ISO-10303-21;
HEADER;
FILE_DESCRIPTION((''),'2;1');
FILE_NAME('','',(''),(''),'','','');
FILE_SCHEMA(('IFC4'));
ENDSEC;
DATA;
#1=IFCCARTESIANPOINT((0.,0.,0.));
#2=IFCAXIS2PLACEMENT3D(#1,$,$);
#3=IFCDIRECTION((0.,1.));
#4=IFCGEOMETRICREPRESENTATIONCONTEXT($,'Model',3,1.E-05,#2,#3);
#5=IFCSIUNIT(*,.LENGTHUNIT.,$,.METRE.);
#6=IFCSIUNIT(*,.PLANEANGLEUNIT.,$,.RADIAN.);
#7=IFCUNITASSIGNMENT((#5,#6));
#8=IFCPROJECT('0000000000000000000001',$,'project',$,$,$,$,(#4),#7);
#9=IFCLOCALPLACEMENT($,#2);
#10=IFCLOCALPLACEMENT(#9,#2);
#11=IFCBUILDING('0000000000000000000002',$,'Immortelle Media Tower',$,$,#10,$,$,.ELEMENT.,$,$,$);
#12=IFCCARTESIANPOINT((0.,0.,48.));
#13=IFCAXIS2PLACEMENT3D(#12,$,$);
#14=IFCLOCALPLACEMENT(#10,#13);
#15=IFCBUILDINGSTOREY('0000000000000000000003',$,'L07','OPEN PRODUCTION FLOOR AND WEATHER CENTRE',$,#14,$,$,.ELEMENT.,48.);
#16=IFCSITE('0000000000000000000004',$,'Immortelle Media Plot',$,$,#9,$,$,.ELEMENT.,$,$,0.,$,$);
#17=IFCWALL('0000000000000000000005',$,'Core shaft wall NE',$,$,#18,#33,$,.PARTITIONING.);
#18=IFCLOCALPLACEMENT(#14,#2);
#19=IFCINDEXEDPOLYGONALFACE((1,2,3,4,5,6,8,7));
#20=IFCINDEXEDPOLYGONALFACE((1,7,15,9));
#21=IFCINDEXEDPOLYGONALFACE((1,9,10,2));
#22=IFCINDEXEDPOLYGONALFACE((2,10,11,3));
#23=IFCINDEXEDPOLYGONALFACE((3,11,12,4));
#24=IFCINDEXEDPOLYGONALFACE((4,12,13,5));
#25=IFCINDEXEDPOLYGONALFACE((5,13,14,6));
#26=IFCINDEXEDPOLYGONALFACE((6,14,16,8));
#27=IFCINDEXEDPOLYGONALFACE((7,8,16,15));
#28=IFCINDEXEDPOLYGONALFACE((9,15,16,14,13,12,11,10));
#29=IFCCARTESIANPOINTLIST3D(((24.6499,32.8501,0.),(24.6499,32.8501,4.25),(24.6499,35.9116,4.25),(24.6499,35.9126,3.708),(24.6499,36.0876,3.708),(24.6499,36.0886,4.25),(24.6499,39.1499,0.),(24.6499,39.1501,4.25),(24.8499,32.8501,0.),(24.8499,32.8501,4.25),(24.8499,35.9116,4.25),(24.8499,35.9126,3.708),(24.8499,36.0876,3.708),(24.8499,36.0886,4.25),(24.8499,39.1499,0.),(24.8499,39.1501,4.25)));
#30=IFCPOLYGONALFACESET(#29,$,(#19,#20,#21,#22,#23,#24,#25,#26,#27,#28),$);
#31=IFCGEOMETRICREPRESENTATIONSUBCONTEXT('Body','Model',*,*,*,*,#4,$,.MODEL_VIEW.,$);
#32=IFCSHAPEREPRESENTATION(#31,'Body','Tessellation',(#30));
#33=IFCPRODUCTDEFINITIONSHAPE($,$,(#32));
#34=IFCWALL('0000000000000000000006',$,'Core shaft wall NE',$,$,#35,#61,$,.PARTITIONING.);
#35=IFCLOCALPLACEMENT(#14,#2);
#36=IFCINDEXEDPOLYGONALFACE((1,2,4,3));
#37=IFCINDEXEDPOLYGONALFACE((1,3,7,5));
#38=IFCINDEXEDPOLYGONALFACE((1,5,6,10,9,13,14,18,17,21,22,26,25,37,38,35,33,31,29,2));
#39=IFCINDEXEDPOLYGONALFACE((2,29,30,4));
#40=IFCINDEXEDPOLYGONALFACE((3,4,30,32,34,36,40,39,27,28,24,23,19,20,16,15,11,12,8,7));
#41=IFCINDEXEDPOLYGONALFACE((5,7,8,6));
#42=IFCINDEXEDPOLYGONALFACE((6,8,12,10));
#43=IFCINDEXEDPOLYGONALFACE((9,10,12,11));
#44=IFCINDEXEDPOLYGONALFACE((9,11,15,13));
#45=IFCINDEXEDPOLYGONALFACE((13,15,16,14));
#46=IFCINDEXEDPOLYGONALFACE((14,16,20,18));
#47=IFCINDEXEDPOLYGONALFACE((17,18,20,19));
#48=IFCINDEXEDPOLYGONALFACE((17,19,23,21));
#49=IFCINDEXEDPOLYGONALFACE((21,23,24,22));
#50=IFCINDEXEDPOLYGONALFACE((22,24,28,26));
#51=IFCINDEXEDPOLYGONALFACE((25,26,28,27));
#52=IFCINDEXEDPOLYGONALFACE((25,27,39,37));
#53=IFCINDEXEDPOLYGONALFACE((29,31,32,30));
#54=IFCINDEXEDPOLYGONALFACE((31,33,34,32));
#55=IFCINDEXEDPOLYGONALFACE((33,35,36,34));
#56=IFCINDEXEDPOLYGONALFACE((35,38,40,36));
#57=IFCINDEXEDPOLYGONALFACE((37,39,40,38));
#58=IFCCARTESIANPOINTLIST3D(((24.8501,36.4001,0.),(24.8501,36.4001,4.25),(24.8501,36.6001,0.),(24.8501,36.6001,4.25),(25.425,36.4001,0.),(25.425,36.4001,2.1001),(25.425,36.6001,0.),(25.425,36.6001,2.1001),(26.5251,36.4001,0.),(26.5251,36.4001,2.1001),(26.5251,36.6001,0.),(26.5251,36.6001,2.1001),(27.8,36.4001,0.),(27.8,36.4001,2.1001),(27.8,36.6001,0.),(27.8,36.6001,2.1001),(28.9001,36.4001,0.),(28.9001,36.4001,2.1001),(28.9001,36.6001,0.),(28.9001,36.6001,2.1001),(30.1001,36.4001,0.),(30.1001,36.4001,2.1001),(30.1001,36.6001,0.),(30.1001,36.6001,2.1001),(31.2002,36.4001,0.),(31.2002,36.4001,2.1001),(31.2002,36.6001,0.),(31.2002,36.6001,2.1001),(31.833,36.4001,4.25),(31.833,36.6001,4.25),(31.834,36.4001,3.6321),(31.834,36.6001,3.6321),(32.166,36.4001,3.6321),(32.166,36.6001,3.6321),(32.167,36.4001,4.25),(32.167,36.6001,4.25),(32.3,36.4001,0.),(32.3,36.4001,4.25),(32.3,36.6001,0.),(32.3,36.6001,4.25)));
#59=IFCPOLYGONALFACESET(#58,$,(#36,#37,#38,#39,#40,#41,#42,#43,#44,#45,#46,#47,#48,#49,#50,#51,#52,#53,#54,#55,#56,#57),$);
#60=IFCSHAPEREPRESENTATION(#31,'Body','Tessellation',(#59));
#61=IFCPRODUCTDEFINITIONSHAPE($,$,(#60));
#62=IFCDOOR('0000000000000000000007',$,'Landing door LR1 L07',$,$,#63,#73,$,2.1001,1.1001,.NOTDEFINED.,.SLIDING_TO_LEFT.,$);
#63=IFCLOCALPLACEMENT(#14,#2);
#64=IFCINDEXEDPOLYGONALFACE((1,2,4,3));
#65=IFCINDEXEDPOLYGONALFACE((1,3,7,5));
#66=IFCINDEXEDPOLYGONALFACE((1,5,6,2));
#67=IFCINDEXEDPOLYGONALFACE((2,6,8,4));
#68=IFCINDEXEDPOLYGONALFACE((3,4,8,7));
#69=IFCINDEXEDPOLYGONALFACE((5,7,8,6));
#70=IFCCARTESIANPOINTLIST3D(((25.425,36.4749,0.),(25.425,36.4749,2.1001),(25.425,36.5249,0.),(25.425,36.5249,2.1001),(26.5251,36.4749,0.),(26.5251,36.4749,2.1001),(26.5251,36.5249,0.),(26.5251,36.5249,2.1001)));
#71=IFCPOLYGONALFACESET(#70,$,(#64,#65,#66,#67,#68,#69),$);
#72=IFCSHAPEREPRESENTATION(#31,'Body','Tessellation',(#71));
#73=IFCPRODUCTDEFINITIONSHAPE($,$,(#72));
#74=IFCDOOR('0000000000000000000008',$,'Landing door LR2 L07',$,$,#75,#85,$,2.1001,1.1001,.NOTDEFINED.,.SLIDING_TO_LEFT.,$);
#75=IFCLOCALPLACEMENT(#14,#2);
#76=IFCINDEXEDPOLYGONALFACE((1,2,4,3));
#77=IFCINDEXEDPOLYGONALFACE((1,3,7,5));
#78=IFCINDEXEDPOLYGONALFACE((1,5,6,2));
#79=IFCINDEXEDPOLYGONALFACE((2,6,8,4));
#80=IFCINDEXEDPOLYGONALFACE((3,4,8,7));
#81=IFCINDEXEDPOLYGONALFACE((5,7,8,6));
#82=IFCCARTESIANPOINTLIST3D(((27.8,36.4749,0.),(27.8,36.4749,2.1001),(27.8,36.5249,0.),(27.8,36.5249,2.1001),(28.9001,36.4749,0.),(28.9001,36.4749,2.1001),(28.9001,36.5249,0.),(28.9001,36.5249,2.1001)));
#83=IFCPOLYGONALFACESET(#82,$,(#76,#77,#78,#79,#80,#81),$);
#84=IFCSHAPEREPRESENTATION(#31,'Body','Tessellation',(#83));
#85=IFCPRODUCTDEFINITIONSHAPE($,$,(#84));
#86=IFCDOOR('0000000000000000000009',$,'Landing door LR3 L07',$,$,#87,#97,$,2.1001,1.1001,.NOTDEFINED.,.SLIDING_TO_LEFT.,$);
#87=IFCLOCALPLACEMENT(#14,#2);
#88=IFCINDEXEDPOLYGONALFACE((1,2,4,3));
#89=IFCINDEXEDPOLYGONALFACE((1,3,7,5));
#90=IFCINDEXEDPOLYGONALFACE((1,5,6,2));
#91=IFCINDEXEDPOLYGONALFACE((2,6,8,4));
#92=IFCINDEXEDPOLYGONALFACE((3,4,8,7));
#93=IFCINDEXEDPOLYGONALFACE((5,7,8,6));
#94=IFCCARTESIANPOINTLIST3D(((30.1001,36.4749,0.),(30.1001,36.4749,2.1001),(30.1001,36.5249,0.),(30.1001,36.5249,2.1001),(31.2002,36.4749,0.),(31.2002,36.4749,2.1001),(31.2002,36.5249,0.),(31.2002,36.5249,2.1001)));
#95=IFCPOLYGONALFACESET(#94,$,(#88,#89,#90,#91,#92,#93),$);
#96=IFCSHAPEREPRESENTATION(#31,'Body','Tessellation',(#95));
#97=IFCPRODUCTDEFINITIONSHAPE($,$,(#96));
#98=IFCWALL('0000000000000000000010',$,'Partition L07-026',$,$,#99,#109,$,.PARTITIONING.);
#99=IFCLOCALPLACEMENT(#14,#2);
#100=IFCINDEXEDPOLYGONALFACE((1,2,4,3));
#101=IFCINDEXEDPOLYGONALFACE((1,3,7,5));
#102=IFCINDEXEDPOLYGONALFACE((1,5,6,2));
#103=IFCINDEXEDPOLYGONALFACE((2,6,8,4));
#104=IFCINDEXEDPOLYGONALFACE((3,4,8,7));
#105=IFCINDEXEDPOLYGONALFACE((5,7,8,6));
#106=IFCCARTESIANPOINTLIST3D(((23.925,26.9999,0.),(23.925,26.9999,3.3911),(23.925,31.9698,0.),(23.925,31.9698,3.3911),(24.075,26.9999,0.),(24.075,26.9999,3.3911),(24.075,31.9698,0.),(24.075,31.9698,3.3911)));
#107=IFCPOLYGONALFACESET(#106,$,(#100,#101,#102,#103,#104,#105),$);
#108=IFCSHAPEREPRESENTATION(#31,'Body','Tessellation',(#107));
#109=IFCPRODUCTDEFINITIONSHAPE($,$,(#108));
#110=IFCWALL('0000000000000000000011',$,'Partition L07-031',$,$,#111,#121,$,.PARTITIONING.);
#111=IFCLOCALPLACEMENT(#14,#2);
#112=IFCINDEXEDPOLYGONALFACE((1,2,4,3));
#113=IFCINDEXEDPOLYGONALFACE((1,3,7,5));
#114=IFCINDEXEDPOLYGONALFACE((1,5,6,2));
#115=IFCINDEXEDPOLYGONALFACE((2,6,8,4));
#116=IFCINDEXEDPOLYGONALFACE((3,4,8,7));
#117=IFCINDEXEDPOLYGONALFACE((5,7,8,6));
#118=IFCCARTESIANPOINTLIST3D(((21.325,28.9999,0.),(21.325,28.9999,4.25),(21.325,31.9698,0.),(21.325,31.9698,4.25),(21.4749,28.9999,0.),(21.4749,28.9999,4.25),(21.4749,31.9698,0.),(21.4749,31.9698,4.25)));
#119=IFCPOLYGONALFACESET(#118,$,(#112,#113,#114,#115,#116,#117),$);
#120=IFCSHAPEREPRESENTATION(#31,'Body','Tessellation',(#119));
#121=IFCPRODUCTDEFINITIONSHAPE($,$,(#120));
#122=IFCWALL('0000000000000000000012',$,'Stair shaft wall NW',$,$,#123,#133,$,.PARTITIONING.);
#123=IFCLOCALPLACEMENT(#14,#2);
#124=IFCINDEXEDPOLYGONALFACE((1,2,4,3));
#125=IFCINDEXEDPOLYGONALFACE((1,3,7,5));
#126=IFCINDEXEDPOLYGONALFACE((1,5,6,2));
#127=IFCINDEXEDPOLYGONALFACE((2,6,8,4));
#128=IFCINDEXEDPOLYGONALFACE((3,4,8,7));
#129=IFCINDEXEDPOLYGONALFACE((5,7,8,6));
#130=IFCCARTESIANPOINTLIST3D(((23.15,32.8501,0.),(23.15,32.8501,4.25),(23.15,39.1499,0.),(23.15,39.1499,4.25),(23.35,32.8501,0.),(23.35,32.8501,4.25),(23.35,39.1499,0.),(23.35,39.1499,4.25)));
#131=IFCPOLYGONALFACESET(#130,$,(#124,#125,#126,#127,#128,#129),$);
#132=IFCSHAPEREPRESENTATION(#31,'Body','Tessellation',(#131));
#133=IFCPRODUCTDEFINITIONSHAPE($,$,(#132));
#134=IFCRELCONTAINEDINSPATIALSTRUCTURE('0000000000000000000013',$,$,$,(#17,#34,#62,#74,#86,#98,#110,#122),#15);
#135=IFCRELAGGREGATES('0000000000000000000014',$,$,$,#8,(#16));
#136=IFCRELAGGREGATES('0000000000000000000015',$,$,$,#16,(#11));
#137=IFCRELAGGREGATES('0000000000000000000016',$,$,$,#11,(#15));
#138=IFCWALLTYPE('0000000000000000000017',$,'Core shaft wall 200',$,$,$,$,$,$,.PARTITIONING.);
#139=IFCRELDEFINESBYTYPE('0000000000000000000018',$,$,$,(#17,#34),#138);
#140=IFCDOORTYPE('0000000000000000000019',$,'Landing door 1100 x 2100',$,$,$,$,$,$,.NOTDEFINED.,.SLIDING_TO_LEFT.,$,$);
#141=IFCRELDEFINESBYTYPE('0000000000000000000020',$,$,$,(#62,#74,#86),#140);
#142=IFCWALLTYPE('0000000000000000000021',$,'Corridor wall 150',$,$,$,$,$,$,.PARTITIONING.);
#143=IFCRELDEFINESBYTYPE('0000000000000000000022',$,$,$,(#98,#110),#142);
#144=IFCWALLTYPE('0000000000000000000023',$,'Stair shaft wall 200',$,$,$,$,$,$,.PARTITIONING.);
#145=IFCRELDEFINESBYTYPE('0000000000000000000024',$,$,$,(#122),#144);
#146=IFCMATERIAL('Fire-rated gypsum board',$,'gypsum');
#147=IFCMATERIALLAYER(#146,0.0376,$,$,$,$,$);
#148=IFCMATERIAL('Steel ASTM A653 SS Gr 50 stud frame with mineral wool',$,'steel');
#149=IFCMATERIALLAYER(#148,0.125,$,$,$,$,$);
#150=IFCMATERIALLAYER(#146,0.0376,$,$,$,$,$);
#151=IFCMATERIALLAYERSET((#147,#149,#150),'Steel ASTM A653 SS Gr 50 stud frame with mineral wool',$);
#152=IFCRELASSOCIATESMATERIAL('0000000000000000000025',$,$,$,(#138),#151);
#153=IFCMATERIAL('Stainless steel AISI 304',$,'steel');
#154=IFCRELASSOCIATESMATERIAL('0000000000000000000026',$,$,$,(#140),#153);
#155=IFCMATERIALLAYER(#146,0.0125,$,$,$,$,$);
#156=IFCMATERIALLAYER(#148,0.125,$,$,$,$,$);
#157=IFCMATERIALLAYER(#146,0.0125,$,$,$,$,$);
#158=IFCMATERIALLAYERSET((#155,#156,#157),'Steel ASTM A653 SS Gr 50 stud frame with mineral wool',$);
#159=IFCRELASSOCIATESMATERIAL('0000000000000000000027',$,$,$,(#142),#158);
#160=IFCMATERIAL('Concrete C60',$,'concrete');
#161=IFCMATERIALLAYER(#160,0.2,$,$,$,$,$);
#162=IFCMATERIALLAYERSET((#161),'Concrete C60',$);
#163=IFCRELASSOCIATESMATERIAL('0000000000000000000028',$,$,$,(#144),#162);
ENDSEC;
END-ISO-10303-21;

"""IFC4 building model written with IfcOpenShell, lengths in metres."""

from ifc_helpers import new_model, si_unit, direction, frame, frame_2d, origin, place, context, subcontext, project, spatial, polyline, rectangle, outline, extrude, material, layer, layer_set, type_object, element, fill, save


model = new_model("IFC4")

# Units and contexts
model_context = context("Model", 3, precision=1e-05, world=origin(), true_north=direction((0.0, 1.0)))
body_context = subcontext(model_context, "Body", "Model", "MODEL_VIEW")
ifc_project = project(units=[si_unit("LENGTHUNIT", "METRE"), si_unit("PLANEANGLEUNIT", "RADIAN")], contexts=[model_context])

# Site, building, storey
site_placement = place(None, origin())
site = spatial("IfcSite", under=ifc_project, at=site_placement, Name="Immortelle Media Plot", CompositionType="ELEMENT", RefElevation=0.0)
building_placement = place(site_placement, origin())
building = spatial("IfcBuilding", under=site, at=building_placement, Name="Immortelle Media Tower", CompositionType="ELEMENT")
storey_placement = place(building_placement, frame((0.0, 0.0, 48.0)))
storey = spatial("IfcBuildingStorey", under=building, at=storey_placement, Name="L07", Description="OPEN PRODUCTION FLOOR AND WEATHER CENTRE", CompositionType="ELEMENT", Elevation=48.0)

# Shared definitions
ifc_material_1 = material(Name="Fire-rated gypsum board", Category="gypsum")
ifc_material_2 = material(Name="Steel ASTM A653 SS Gr 50 stud frame with mineral wool", Category="steel")

# Wall
ifc_layer_1 = layer(ifc_material_1, 0.0376)
ifc_layer_2 = layer(ifc_material_2, 0.125)
ifc_layer_3 = layer(ifc_material_1, 0.0376)
ifc_layer_set_1 = layer_set([ifc_layer_1, ifc_layer_2, ifc_layer_3], Name="Steel ASTM A653 SS Gr 50 stud frame with mineral wool")
wall_type_1 = type_object("IfcWallType", Name="Core shaft wall 200", PredefinedType="PARTITIONING", material=ifc_layer_set_1)
wall_1_placement = place(storey_placement, frame((24.75, 32.8501, 0.0), z_axis=(0.0, 0.0, 1.0), x_axis=(0.0, 1.0, 0.0)))
element("IfcWall", 1, at=wall_1_placement, inside=storey, type_object=wall_type_1, Name="Core shaft wall NE", PredefinedType="PARTITIONING", context=body_context, shape_type="SweptSolid", body=[
    extrude(outline(polyline([(0.0, 0.0), (6.2998, 0.0), (6.3, 4.25), (3.2385, 4.25), (3.2375, 3.708), (3.0625, 3.708), (3.0615, 4.25), (0.0, 4.25), (0.0, 0.0)])), frame((0.0, 0.1001, 0.0), z_axis=(0.0, -1.0, 0.0), x_axis=(1.0, 0.0, 0.0)), (0.0, 0.0, 1.0), 0.2),
])

# Wall, openings, doors
wall_2_placement = place(storey_placement, frame((24.8501, 36.5, 0.0), z_axis=(0.0, 0.0, 1.0), x_axis=(1.0, 0.0, 0.0)))
wall_2 = element("IfcWall", 2, at=wall_2_placement, inside=storey, type_object=wall_type_1, Name="Core shaft wall NE", PredefinedType="PARTITIONING", context=body_context, shape_type="SweptSolid", body=[
    extrude(outline(polyline([(0.0, 0.0), (7.45, 0.0), (7.45, 4.25), (7.3169, 4.25), (7.3159, 3.6321), (6.9839, 3.6321), (6.9829, 4.25), (0.0, 4.25), (0.0, 0.0)])), frame((0.0, 0.1001, 0.0), z_axis=(0.0, -1.0, 0.0), x_axis=(1.0, 0.0, 0.0)), (0.0, 0.0, 1.0), 0.2),
])
opening_1_placement = place(wall_2_placement, frame((0.575, 0.0, 0.0)))
opening_1 = element("IfcOpeningElement", 3, at=opening_1_placement, cuts=wall_2, PredefinedType="OPENING", context=body_context, shape_type="SweptSolid", body=[
    extrude(rectangle(XDim=1.1001, YDim=2.1001, at=frame_2d((0.55, 1.05))), frame((0.0, 0.1099, 0.0), z_axis=(0.0, -1.0, 0.0), x_axis=(1.0, 0.0, 0.0)), (0.0, 0.0, 1.0), 0.22),
])
opening_2_placement = place(wall_2_placement, frame((2.95, 0.0, 0.0)))
opening_2 = element("IfcOpeningElement", 4, at=opening_2_placement, cuts=wall_2, PredefinedType="OPENING", context=body_context, shape_type="SweptSolid", body=[
    extrude(rectangle(XDim=1.1001, YDim=2.1001, at=frame_2d((0.55, 1.05))), frame((0.0, 0.1099, 0.0), z_axis=(0.0, -1.0, 0.0), x_axis=(1.0, 0.0, 0.0)), (0.0, 0.0, 1.0), 0.22),
])
opening_3_placement = place(wall_2_placement, frame((5.25, 0.0, 0.0)))
opening_3 = element("IfcOpeningElement", 5, at=opening_3_placement, cuts=wall_2, PredefinedType="OPENING", context=body_context, shape_type="SweptSolid", body=[
    extrude(rectangle(XDim=1.1001, YDim=2.1001, at=frame_2d((0.55, 1.05))), frame((0.0, 0.1099, 0.0), z_axis=(0.0, -1.0, 0.0), x_axis=(1.0, 0.0, 0.0)), (0.0, 0.0, 1.0), 0.22),
])
ifc_material_3 = material(Name="Stainless steel AISI 304", Category="steel")
door_type_1 = type_object("IfcDoorType", Name="Landing door 1100 x 2100", OperationType="SLIDING_TO_LEFT", PredefinedType="NOTDEFINED", material=ifc_material_3)
door_1_placement = place(opening_1_placement, origin())
door_1 = element("IfcDoor", 6, at=door_1_placement, inside=storey, type_object=door_type_1, Name="Landing door LR1 L07", OperationType="SLIDING_TO_LEFT", OverallHeight=2.1001, OverallWidth=1.1001, PredefinedType="NOTDEFINED", context=body_context, shape_type="SweptSolid", body=[
    extrude(rectangle(XDim=1.1001, YDim=2.1001, at=frame_2d((0.55, 1.05))), frame((0.0, 0.0249, 0.0), z_axis=(0.0, -1.0, 0.0), x_axis=(1.0, 0.0, 0.0)), (0.0, 0.0, 1.0), 0.05),
])
fill(opening_1, door_1)
door_2_placement = place(opening_2_placement, origin())
door_2 = element("IfcDoor", 7, at=door_2_placement, inside=storey, type_object=door_type_1, Name="Landing door LR2 L07", OperationType="SLIDING_TO_LEFT", OverallHeight=2.1001, OverallWidth=1.1001, PredefinedType="NOTDEFINED", context=body_context, shape_type="SweptSolid", body=[
    extrude(rectangle(XDim=1.1001, YDim=2.1001, at=frame_2d((0.55, 1.05))), frame((0.0, 0.0249, 0.0), z_axis=(0.0, -1.0, 0.0), x_axis=(1.0, 0.0, 0.0)), (0.0, 0.0, 1.0), 0.05),
])
fill(opening_2, door_2)
door_3_placement = place(opening_3_placement, origin())
door_3 = element("IfcDoor", 8, at=door_3_placement, inside=storey, type_object=door_type_1, Name="Landing door LR3 L07", OperationType="SLIDING_TO_LEFT", OverallHeight=2.1001, OverallWidth=1.1001, PredefinedType="NOTDEFINED", context=body_context, shape_type="SweptSolid", body=[
    extrude(rectangle(XDim=1.1001, YDim=2.1001, at=frame_2d((0.55, 1.05))), frame((0.0, 0.0249, 0.0), z_axis=(0.0, -1.0, 0.0), x_axis=(1.0, 0.0, 0.0)), (0.0, 0.0, 1.0), 0.05),
])
fill(opening_3, door_3)

# Walls
ifc_layer_4 = layer(ifc_material_1, 0.0125)
ifc_layer_5 = layer(ifc_material_2, 0.125)
ifc_layer_6 = layer(ifc_material_1, 0.0125)
ifc_layer_set_2 = layer_set([ifc_layer_4, ifc_layer_5, ifc_layer_6], Name="Steel ASTM A653 SS Gr 50 stud frame with mineral wool")
wall_type_2 = type_object("IfcWallType", Name="Corridor wall 150", PredefinedType="PARTITIONING", material=ifc_layer_set_2)
wall_3_placement = place(storey_placement, frame((24.0, 27.0, 0.0), z_axis=(0.0, 0.0, 1.0), x_axis=(0.0, 1.0, 0.0)))
element("IfcWall", 9, at=wall_3_placement, inside=storey, type_object=wall_type_2, Name="Partition L07-026", PredefinedType="PARTITIONING", context=body_context, shape_type="SweptSolid", body=[
    extrude(rectangle(XDim=4.97, YDim=0.1499, at=frame_2d((2.4849, 0.0))), origin(), (0.0, 0.0, 1.0), 3.3911),
])
wall_4_placement = place(storey_placement, frame((21.3999, 29.0, 0.0), z_axis=(0.0, 0.0, 1.0), x_axis=(0.0, 1.0, 0.0)))
element("IfcWall", 10, at=wall_4_placement, inside=storey, type_object=wall_type_2, Name="Partition L07-031", PredefinedType="PARTITIONING", context=body_context, shape_type="SweptSolid", body=[
    extrude(rectangle(XDim=2.97, YDim=0.1499, at=frame_2d((1.4849, 0.0))), origin(), (0.0, 0.0, 1.0), 4.25),
])
ifc_material_4 = material(Name="Concrete C60", Category="concrete")
ifc_layer_7 = layer(ifc_material_4, 0.2)
ifc_layer_set_3 = layer_set([ifc_layer_7], Name="Concrete C60")
wall_type_3 = type_object("IfcWallType", Name="Stair shaft wall 200", PredefinedType="PARTITIONING", material=ifc_layer_set_3)
wall_5_placement = place(storey_placement, frame((23.25, 32.8501, 0.0), z_axis=(0.0, 0.0, 1.0), x_axis=(0.0, 1.0, 0.0)))
element("IfcWall", 11, at=wall_5_placement, inside=storey, type_object=wall_type_3, Name="Stair shaft wall NW", PredefinedType="PARTITIONING", context=body_context, shape_type="SweptSolid", body=[
    extrude(rectangle(XDim=6.2998, YDim=0.2, at=frame_2d((3.1499, 0.0))), origin(), (0.0, 0.0, 1.0), 4.25),
])

save(model, "model.ifc")
